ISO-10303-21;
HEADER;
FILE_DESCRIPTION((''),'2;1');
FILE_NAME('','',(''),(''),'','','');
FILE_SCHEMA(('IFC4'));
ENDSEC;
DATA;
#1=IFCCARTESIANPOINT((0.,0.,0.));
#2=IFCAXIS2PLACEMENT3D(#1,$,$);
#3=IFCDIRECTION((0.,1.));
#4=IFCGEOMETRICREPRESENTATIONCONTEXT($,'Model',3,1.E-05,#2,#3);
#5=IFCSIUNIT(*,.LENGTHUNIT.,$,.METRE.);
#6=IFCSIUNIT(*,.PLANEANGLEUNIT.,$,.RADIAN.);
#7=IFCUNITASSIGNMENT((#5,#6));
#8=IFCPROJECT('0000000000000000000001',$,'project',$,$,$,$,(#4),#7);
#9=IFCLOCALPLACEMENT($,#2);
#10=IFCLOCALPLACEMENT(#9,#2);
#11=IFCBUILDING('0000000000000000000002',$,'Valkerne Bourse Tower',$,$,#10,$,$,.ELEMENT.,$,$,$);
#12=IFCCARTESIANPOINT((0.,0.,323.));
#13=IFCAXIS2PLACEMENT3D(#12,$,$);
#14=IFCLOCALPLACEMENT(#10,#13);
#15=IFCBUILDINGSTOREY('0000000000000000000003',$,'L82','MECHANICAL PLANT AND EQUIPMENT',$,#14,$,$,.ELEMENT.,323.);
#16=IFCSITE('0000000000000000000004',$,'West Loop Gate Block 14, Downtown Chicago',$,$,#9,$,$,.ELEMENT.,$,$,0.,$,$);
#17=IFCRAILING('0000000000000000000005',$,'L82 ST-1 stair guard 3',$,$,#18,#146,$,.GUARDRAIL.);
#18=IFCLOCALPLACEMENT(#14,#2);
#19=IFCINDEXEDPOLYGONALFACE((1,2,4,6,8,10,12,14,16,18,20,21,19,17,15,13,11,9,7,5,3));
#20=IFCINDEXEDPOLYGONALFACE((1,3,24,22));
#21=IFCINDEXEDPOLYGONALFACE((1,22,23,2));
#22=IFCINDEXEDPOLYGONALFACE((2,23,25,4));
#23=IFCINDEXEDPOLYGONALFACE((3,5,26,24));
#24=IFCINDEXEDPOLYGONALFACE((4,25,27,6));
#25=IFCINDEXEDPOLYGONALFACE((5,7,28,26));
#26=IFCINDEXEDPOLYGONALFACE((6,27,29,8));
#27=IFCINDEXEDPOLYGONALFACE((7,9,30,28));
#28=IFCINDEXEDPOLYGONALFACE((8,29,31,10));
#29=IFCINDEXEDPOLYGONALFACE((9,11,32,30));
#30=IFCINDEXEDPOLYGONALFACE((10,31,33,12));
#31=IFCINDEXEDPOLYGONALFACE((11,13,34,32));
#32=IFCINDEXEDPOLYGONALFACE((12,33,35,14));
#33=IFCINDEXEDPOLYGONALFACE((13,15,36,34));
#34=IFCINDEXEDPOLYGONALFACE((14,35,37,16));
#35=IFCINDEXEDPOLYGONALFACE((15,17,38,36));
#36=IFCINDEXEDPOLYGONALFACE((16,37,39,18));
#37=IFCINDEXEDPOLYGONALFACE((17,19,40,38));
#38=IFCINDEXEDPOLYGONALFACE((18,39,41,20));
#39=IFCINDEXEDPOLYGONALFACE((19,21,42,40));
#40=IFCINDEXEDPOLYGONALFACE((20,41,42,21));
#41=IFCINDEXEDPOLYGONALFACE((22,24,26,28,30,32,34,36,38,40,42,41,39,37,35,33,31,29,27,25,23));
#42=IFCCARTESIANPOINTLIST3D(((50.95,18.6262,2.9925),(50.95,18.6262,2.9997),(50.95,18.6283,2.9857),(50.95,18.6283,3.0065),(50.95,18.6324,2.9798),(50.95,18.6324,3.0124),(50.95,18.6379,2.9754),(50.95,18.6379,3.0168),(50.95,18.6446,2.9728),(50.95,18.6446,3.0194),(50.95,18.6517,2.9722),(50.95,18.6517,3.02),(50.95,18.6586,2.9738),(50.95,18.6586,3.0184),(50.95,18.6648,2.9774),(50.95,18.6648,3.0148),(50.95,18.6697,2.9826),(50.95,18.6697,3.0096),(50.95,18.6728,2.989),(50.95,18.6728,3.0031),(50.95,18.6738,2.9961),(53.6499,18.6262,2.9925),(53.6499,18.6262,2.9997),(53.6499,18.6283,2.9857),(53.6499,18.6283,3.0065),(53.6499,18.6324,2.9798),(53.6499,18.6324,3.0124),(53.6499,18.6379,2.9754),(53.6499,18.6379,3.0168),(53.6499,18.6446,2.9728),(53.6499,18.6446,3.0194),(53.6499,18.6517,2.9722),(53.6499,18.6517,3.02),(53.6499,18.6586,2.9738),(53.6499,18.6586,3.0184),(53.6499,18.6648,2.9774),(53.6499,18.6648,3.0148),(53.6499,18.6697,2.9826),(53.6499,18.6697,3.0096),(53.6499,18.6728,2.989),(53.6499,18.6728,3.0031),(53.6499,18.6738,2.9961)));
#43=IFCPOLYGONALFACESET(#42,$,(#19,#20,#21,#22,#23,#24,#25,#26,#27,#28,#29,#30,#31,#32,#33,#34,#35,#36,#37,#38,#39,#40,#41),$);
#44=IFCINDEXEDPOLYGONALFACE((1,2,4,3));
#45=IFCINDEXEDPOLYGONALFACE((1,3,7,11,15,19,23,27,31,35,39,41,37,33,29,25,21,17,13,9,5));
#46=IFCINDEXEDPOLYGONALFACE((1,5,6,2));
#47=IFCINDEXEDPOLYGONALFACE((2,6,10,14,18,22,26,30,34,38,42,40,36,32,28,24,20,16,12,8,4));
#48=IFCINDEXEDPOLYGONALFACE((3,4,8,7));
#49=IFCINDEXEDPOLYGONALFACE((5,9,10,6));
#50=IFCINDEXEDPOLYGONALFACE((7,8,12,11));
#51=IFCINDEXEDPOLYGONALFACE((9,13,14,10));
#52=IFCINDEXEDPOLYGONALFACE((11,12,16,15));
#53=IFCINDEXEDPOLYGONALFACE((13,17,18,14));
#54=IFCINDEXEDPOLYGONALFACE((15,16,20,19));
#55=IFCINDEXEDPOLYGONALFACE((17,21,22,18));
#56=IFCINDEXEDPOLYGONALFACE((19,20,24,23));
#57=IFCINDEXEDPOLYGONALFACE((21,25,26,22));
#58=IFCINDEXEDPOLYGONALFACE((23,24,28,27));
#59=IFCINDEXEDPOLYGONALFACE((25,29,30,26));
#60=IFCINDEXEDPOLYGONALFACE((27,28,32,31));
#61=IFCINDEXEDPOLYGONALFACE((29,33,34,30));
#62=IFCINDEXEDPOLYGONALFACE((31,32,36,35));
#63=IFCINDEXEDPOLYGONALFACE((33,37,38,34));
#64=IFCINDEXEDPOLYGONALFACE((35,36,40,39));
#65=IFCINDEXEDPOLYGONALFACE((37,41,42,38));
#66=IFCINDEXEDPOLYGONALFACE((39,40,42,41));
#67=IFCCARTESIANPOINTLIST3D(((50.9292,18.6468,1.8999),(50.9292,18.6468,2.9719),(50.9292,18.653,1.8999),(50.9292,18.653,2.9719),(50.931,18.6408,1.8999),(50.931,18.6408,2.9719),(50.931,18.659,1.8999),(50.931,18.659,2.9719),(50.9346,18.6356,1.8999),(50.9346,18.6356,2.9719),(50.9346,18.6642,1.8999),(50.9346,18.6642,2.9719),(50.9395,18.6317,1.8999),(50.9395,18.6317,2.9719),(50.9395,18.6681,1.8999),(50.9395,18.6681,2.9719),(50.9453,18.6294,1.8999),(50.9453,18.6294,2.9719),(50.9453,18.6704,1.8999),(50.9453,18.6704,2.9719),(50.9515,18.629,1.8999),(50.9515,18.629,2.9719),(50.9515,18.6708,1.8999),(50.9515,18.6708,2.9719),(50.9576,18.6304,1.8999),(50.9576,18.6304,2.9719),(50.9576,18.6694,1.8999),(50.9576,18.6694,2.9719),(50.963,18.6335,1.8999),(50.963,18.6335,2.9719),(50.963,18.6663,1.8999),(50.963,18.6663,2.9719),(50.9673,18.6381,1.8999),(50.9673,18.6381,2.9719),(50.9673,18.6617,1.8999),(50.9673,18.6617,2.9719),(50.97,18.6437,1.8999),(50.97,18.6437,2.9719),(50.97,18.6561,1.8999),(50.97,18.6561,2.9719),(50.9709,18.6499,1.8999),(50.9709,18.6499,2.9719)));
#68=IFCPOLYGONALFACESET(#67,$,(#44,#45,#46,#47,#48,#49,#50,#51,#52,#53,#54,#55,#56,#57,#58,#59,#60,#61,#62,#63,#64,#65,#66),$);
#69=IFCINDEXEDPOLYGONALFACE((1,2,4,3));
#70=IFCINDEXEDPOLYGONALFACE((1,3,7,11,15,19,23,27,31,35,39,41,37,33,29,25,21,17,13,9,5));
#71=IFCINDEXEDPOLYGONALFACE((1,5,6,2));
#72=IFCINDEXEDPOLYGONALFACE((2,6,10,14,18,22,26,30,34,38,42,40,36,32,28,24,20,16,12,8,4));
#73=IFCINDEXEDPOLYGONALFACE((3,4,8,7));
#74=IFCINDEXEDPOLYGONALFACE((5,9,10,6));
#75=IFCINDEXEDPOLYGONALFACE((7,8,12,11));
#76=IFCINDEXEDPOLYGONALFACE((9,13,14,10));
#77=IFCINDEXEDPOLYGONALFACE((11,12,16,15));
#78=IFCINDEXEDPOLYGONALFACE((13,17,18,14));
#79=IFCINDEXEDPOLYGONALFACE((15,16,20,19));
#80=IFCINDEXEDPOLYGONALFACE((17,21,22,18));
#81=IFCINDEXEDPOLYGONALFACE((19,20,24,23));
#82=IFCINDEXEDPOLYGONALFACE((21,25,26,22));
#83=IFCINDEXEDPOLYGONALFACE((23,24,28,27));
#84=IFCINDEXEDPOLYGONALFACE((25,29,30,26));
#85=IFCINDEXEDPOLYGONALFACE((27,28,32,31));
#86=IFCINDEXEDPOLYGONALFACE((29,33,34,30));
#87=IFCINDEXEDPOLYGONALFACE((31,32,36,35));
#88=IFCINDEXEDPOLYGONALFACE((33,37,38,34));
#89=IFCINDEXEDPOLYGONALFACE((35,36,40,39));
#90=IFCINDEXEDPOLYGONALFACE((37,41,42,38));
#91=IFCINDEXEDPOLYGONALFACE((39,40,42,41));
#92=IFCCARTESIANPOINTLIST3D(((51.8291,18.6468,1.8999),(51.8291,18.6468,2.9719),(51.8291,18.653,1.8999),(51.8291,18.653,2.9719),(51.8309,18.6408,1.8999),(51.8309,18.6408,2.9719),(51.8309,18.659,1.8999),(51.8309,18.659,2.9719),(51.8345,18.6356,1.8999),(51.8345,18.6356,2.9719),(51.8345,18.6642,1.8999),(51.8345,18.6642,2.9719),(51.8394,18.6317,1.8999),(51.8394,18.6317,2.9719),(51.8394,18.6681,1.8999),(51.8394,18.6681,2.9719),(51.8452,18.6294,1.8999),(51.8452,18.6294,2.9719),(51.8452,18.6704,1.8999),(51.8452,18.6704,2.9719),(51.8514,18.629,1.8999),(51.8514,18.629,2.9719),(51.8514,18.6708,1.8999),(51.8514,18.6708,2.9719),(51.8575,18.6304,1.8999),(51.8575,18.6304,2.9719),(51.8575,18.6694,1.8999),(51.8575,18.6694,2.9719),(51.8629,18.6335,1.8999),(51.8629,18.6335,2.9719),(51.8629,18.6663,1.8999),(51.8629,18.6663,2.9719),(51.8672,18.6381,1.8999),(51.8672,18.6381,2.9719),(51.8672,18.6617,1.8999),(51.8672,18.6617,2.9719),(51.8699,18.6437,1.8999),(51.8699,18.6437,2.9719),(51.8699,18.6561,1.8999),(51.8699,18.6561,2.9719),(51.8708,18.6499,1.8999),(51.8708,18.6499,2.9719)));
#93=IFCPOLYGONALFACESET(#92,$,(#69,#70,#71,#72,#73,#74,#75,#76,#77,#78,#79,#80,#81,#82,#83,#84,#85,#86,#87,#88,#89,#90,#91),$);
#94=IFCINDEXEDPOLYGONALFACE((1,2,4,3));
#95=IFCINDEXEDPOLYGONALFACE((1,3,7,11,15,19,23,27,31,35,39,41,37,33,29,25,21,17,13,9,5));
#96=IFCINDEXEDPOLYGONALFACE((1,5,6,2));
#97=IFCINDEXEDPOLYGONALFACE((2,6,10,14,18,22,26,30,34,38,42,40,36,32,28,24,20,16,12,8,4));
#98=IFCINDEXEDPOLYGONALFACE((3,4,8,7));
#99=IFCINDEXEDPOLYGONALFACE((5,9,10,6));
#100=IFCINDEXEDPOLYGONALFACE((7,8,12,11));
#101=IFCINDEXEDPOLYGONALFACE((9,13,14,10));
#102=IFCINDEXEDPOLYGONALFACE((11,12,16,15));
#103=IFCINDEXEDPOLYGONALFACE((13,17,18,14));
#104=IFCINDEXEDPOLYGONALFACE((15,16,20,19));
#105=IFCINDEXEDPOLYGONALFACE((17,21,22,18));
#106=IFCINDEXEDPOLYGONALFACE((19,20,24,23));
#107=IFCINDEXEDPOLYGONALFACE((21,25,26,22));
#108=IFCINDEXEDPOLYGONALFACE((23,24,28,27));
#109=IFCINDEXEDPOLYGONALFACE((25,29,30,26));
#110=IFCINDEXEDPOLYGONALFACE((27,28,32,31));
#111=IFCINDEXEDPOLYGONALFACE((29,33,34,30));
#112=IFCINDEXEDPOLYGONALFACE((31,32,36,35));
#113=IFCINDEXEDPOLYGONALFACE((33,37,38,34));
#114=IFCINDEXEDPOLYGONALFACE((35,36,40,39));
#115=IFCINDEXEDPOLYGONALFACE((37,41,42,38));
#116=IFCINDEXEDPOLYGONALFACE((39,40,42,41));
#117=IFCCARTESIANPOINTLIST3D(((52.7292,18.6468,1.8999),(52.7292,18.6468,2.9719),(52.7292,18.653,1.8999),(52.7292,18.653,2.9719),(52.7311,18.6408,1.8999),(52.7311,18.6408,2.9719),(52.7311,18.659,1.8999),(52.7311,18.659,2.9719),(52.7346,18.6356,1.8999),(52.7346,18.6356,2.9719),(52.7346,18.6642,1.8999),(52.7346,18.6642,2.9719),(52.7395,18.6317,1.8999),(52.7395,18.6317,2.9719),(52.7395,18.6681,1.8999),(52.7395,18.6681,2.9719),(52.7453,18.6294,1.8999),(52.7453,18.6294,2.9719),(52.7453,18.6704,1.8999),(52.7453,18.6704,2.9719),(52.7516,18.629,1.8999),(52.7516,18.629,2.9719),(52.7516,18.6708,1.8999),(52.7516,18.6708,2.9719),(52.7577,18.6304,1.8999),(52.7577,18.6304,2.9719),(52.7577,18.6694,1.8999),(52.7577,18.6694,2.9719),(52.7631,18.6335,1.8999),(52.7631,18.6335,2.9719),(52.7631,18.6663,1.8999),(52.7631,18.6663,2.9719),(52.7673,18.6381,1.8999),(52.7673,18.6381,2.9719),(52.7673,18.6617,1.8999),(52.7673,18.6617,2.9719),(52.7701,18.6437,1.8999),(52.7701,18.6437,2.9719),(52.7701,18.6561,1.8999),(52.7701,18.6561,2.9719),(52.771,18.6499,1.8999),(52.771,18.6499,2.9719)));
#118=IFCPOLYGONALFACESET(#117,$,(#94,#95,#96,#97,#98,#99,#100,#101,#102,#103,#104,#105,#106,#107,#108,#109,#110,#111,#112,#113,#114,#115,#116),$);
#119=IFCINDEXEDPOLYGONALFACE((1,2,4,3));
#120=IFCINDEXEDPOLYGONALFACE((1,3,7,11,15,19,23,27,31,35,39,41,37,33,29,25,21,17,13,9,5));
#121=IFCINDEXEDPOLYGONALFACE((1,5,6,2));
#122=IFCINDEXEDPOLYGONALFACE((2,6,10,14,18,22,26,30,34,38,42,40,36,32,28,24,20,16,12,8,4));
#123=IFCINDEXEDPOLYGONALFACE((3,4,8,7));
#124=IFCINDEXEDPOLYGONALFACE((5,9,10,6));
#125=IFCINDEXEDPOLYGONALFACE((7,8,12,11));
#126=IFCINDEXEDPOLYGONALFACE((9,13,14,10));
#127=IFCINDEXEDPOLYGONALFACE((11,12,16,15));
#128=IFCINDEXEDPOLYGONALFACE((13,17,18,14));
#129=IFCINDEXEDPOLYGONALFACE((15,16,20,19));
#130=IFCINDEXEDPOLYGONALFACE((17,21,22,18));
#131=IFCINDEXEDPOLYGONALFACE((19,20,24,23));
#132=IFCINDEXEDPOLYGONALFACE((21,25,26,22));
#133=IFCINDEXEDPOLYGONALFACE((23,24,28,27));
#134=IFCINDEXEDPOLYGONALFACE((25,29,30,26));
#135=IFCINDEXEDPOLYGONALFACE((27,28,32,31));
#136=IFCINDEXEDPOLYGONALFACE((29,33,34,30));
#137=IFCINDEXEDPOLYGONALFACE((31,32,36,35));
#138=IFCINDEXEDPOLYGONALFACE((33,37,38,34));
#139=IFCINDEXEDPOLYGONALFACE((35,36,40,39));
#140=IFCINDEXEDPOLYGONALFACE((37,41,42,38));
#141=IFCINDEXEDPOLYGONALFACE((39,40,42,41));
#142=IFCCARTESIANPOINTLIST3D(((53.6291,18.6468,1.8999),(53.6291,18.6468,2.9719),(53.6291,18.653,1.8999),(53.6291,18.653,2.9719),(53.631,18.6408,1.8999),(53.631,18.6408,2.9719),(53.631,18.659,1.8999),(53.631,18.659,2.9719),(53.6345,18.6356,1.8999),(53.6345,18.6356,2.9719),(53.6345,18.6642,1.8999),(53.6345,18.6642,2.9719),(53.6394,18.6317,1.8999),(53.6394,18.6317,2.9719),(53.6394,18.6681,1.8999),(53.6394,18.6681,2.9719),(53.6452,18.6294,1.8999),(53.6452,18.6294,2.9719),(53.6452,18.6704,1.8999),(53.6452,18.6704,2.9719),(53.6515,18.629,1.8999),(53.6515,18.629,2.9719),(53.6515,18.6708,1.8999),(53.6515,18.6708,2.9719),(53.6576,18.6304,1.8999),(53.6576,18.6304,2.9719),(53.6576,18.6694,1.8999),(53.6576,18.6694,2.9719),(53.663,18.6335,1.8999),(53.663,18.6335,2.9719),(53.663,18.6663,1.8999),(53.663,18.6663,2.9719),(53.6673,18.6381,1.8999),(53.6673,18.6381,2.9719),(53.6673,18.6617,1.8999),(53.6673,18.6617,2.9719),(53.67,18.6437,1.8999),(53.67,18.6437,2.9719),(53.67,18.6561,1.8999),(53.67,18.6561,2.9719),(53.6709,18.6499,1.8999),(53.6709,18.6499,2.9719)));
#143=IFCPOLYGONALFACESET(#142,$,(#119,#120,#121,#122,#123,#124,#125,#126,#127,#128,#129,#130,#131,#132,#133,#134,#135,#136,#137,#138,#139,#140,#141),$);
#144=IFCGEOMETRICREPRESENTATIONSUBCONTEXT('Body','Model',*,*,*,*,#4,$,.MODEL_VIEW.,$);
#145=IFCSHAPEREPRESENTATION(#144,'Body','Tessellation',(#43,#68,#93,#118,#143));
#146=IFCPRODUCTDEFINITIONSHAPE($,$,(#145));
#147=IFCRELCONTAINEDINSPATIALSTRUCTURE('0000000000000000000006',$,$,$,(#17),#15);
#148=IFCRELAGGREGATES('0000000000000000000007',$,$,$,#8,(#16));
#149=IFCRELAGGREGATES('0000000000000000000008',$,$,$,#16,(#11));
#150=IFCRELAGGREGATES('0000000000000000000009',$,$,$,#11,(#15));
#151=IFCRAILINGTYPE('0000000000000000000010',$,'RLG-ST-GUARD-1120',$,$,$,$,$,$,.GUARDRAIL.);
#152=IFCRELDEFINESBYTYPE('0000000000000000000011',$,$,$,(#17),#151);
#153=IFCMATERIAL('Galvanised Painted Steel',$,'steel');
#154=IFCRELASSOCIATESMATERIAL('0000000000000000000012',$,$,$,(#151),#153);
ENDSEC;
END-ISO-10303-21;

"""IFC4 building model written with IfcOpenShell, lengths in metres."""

from ifc_helpers import new_model, si_unit, direction, frame, origin, origin_2d, place, context, subcontext, project, spatial, circle, extrude, material, type_object, element, save


model = new_model("IFC4")

# Units and contexts
model_context = context("Model", 3, precision=1e-05, world=origin(), true_north=direction((0.0, 1.0)))
body_context = subcontext(model_context, "Body", "Model", "MODEL_VIEW")
ifc_project = project(units=[si_unit("LENGTHUNIT", "METRE"), si_unit("PLANEANGLEUNIT", "RADIAN")], contexts=[model_context])

# Site, building, storey
site_placement = place(None, origin())
site = spatial("IfcSite", under=ifc_project, at=site_placement, Name="West Loop Gate Block 14, Downtown Chicago", CompositionType="ELEMENT", RefElevation=0.0)
building_placement = place(site_placement, origin())
building = spatial("IfcBuilding", under=site, at=building_placement, Name="Valkerne Bourse Tower", CompositionType="ELEMENT")
storey_placement = place(building_placement, frame((0.0, 0.0, 323.0)))
storey = spatial("IfcBuildingStorey", under=building, at=storey_placement, Name="L82", Description="MECHANICAL PLANT AND EQUIPMENT", CompositionType="ELEMENT", Elevation=323.0)

# Railing
ifc_material_1 = material(Name="Galvanised Painted Steel", Category="steel")
railing_type_1 = type_object("IfcRailingType", Name="RLG-ST-GUARD-1120", PredefinedType="GUARDRAIL", material=ifc_material_1)
for number, where, name in (
    (1, (50.95, 18.6499, 1.8999), "L82 ST-1 stair guard 3"),
):
    element("IfcRailing", number, at=place(storey_placement, frame(where)), inside=storey, type_object=railing_type_1, Name=name, PredefinedType="GUARDRAIL", context=body_context, shape_type="SweptSolid", body=[
        extrude(circle(Radius=0.0239, at=origin_2d()), frame((0.0, 0.0, 1.0962), z_axis=(1.0, 0.0, 0.0), x_axis=(0.0, 1.0, 0.0)), (0.0, 0.0, 1.0), 2.7),
        extrude(circle(Radius=0.021, at=origin_2d()), origin(), (0.0, 0.0, 1.0), 1.072),
        extrude(circle(Radius=0.021, at=origin_2d()), frame((0.8999, 0.0, 0.0)), (0.0, 0.0, 1.0), 1.072),
        extrude(circle(Radius=0.021, at=origin_2d()), frame((1.8, 0.0, 0.0)), (0.0, 0.0, 1.0), 1.072),
        extrude(circle(Radius=0.021, at=origin_2d()), frame((2.7, 0.0, 0.0)), (0.0, 0.0, 1.0), 1.072),
    ])

save(model, "model.ifc")
